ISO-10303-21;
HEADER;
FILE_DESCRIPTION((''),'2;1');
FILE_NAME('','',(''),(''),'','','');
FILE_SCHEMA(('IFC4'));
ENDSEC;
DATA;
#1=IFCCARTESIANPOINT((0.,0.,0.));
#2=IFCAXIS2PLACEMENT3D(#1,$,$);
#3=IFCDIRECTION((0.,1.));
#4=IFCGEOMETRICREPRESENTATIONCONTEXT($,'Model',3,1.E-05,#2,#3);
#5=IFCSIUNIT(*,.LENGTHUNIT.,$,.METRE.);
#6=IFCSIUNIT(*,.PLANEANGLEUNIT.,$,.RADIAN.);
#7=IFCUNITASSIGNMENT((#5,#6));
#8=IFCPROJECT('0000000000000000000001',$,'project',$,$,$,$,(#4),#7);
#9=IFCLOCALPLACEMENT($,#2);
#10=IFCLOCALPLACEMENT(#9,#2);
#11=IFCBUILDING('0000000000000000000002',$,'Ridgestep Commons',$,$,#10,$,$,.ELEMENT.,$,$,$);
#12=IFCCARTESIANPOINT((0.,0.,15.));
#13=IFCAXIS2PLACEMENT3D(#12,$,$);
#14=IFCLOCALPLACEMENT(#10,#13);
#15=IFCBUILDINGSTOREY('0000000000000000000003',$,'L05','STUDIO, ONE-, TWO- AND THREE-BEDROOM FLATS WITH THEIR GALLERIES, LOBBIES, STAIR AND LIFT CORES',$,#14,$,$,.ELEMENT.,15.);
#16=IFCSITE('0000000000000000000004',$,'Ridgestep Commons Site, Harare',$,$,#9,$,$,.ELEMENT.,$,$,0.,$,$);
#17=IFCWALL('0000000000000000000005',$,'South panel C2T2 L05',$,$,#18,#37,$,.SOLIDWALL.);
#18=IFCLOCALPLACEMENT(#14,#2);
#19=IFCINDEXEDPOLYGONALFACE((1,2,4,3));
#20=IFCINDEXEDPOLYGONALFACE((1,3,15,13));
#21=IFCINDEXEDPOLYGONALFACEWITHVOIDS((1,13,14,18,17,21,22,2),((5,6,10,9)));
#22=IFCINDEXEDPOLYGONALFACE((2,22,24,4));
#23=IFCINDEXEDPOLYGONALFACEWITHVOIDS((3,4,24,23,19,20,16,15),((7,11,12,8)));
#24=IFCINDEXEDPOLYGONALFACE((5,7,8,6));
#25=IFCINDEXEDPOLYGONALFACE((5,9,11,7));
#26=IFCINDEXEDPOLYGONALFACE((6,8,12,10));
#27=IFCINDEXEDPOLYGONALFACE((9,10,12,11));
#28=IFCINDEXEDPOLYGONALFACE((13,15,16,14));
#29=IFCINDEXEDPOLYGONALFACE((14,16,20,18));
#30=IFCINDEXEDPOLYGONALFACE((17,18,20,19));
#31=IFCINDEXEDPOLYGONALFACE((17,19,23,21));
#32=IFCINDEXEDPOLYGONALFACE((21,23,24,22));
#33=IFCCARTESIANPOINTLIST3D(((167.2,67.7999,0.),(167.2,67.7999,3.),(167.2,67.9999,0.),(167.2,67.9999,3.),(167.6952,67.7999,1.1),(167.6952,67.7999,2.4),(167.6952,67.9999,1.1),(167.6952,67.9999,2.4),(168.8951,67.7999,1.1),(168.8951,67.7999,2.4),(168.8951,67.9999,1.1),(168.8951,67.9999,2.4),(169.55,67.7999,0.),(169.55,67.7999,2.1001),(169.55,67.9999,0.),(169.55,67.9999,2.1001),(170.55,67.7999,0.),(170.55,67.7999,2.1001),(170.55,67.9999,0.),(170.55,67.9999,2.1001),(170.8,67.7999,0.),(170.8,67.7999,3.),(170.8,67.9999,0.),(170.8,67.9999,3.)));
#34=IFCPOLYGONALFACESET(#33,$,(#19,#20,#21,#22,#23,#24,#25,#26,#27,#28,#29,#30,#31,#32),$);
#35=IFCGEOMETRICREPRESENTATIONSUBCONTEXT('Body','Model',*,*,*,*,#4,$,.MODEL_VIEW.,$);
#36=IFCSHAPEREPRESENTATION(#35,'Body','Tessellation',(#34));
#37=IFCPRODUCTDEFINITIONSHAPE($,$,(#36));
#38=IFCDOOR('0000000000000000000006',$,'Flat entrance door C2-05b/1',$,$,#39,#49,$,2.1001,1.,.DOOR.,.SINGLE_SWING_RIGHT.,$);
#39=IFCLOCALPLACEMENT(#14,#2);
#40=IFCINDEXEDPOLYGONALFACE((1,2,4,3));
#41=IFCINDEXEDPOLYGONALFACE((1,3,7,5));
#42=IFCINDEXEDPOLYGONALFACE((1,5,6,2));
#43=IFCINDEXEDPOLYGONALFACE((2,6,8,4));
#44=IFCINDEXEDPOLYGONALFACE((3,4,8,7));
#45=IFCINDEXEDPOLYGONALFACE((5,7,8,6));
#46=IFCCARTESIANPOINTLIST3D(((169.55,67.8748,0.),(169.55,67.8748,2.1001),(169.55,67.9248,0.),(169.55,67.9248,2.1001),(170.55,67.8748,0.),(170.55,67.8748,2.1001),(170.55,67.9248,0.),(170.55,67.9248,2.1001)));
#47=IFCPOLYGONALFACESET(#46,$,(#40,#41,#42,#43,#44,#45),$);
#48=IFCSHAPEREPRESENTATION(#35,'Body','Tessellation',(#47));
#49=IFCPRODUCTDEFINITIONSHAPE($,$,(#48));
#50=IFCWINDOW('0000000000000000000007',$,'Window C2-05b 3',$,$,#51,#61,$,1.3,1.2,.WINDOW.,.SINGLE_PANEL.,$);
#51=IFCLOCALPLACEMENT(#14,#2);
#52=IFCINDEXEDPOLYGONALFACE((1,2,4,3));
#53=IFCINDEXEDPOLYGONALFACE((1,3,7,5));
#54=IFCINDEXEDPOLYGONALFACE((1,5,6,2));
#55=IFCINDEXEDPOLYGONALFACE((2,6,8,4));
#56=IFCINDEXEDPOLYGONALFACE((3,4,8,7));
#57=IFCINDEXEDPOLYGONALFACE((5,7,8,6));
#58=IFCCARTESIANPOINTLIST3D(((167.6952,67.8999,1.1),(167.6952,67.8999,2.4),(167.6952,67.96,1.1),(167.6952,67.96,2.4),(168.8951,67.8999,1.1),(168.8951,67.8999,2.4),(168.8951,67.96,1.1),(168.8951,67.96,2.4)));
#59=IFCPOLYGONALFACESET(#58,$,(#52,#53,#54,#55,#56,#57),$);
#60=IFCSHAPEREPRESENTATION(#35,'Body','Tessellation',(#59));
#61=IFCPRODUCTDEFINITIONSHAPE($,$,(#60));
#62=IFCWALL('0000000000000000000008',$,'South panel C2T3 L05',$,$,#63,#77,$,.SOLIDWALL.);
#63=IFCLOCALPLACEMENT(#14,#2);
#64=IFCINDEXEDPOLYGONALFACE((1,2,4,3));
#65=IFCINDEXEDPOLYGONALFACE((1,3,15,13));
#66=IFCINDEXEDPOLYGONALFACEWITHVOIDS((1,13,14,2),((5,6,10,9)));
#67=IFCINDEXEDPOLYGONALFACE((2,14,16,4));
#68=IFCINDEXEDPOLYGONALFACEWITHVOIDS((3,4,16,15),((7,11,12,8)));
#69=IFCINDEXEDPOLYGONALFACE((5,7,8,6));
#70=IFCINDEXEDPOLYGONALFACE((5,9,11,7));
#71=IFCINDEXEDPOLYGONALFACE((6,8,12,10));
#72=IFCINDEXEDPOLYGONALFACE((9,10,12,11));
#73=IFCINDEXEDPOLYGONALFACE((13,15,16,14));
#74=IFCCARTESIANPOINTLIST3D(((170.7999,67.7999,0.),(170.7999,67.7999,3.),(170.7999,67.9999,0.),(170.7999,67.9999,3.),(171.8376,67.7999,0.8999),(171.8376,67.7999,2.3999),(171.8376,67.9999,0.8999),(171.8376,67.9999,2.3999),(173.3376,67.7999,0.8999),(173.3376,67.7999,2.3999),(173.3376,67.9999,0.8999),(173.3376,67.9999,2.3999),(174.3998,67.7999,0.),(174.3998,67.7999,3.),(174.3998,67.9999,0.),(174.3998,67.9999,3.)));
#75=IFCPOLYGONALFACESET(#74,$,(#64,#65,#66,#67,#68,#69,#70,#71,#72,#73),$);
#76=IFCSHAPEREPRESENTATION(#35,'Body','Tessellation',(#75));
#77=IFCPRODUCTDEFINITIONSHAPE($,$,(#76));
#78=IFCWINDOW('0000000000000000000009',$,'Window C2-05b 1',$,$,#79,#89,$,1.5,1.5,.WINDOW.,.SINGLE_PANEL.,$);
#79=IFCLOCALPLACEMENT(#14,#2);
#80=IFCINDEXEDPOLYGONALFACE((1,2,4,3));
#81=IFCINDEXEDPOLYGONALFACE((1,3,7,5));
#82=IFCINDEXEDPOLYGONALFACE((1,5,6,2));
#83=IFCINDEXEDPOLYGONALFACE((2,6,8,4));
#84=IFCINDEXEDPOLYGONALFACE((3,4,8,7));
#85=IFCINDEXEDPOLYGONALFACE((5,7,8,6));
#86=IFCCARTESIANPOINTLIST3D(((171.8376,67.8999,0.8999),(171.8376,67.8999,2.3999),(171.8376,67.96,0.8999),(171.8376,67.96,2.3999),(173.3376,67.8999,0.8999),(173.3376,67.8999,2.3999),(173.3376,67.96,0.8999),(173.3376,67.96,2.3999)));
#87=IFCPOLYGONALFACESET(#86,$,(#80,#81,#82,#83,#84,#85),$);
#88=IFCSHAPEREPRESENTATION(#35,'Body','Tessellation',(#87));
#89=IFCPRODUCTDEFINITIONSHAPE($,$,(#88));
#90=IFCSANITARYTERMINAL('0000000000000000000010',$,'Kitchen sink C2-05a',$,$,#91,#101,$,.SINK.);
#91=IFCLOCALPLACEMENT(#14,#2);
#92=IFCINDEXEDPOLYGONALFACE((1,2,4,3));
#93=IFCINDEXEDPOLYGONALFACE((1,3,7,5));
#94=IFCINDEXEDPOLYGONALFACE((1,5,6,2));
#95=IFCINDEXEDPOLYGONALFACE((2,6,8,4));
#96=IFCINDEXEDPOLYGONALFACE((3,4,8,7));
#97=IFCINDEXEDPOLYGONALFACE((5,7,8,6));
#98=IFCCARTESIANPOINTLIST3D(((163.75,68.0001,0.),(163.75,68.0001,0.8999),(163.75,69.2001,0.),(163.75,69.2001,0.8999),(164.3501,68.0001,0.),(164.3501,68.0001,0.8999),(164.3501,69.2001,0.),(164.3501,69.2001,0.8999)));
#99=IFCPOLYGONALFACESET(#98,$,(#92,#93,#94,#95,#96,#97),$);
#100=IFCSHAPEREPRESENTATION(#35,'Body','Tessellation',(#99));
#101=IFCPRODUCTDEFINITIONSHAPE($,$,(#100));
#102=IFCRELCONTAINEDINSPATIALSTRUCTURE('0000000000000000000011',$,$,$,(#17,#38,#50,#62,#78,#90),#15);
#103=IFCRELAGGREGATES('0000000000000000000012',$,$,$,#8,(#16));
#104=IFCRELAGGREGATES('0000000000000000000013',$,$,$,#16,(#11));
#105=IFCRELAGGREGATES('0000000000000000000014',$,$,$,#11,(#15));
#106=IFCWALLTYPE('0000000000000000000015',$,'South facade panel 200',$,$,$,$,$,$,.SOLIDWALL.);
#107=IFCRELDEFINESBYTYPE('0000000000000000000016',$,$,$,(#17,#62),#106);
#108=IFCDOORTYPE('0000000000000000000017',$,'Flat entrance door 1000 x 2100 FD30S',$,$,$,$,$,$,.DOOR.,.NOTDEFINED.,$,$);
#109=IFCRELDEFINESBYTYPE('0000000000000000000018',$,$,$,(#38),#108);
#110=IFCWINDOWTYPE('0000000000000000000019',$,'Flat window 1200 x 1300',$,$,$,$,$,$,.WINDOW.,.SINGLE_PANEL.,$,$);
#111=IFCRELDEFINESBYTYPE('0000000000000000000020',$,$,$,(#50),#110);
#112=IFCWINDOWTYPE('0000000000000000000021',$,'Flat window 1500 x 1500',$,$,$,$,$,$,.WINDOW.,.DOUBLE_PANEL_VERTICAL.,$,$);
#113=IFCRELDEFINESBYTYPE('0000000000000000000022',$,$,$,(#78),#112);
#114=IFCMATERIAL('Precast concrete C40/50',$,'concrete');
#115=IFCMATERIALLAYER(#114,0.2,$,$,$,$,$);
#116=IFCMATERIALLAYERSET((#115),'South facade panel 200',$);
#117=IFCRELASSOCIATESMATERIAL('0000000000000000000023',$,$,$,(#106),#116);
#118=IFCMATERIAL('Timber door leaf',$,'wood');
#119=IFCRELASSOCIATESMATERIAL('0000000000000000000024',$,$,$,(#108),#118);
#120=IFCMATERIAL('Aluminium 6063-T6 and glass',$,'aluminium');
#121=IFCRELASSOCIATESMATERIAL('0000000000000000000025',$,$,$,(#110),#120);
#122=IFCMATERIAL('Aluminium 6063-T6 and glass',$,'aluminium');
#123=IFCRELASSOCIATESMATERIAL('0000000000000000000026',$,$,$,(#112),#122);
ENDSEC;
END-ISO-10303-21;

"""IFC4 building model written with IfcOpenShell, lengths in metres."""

from ifc_helpers import new_model, si_unit, direction, frame, frame_2d, origin, origin_2d, place, context, subcontext, project, spatial, rectangle, extrude, material, layer, layer_set, type_object, element, fill, save


model = new_model("IFC4")

# Units and contexts
model_context = context("Model", 3, precision=1e-05, world=origin(), true_north=direction((0.0, 1.0)))
body_context = subcontext(model_context, "Body", "Model", "MODEL_VIEW")
ifc_project = project(units=[si_unit("LENGTHUNIT", "METRE"), si_unit("PLANEANGLEUNIT", "RADIAN")], contexts=[model_context])

# Site, building, storey
site_placement = place(None, origin())
site = spatial("IfcSite", under=ifc_project, at=site_placement, Name="Ridgestep Commons Site, Harare", CompositionType="ELEMENT", RefElevation=0.0)
building_placement = place(site_placement, origin())
building = spatial("IfcBuilding", under=site, at=building_placement, Name="Ridgestep Commons", CompositionType="ELEMENT")
storey_placement = place(building_placement, frame((0.0, 0.0, 15.0)))
storey = spatial("IfcBuildingStorey", under=building, at=storey_placement, Name="L05", Description="STUDIO, ONE-, TWO- AND THREE-BEDROOM FLATS WITH THEIR GALLERIES, LOBBIES, STAIR AND LIFT CORES", CompositionType="ELEMENT", Elevation=15.0)

# Wall, openings, door, window
ifc_material_1 = material(Name="Precast concrete C40/50", Category="concrete")
ifc_layer_1 = layer(ifc_material_1, 0.2)
ifc_layer_set_1 = layer_set([ifc_layer_1], Name="South facade panel 200")
wall_type_1 = type_object("IfcWallType", Name="South facade panel 200", PredefinedType="SOLIDWALL", material=ifc_layer_set_1)
ifc_material_2 = material(Name="Timber door leaf", Category="wood")
door_type_1 = type_object("IfcDoorType", Name="Flat entrance door 1000 x 2100 FD30S", OperationType="NOTDEFINED", PredefinedType="DOOR", material=ifc_material_2)
ifc_material_3 = material(Name="Aluminium 6063-T6 and glass", Category="aluminium")
window_type_1 = type_object("IfcWindowType", Name="Flat window 1200 x 1300", PartitioningType="SINGLE_PANEL", PredefinedType="WINDOW", material=ifc_material_3)
wall_1_placement = place(storey_placement, frame((167.2, 67.8999, 0.0), z_axis=(0.0, 0.0, 1.0), x_axis=(1.0, 0.0, 0.0)))
wall_1 = element("IfcWall", 1, at=wall_1_placement, inside=storey, type_object=wall_type_1, Name="South panel C2T2 L05", PredefinedType="SOLIDWALL", context=body_context, shape_type="SweptSolid", body=[
    extrude(rectangle(XDim=3.6001, YDim=0.2, at=frame_2d((1.8, 0.0))), origin(), (0.0, 0.0, 1.0), 3.0),
])
opening_1_placement = place(wall_1_placement, frame((0.4951, 0.0, 1.1001)))
opening_1 = element("IfcOpeningElement", 2, at=opening_1_placement, cuts=wall_1, PredefinedType="OPENING", context=body_context, shape_type="SweptSolid", body=[
    extrude(rectangle(XDim=1.2, YDim=1.3, at=frame_2d((0.6001, 0.6499))), frame((0.0, 0.1099, 0.0), z_axis=(0.0, -1.0, 0.0), x_axis=(1.0, 0.0, 0.0)), (0.0, 0.0, 1.0), 0.22),
])
opening_2_placement = place(wall_1_placement, frame((2.3501, 0.0, 0.0)))
opening_2 = element("IfcOpeningElement", 3, at=opening_2_placement, cuts=wall_1, PredefinedType="OPENING", context=body_context, shape_type="SweptSolid", body=[
    extrude(rectangle(XDim=1.0, YDim=2.1001, at=frame_2d((0.5, 1.05))), frame((0.0, 0.1099, 0.0), z_axis=(0.0, -1.0, 0.0), x_axis=(1.0, 0.0, 0.0)), (0.0, 0.0, 1.0), 0.22),
])
door_1_placement = place(opening_2_placement, origin())
door_1 = element("IfcDoor", 4, at=door_1_placement, inside=storey, type_object=door_type_1, Name="Flat entrance door C2-05b/1", OperationType="SINGLE_SWING_RIGHT", OverallHeight=2.1001, OverallWidth=1.0, PredefinedType="DOOR", context=body_context, shape_type="SweptSolid", body=[
    extrude(rectangle(XDim=1.0, YDim=2.1001, at=frame_2d((0.5, 1.05))), frame((0.0, 0.0249, 0.0), z_axis=(0.0, -1.0, 0.0), x_axis=(1.0, 0.0, 0.0)), (0.0, 0.0, 1.0), 0.05),
])
fill(opening_2, door_1)
window_1_placement = place(opening_1_placement, origin())
window_1 = element("IfcWindow", 5, at=window_1_placement, inside=storey, type_object=window_type_1, Name="Window C2-05b 3", OverallHeight=1.3, OverallWidth=1.2, PartitioningType="SINGLE_PANEL", PredefinedType="WINDOW", context=body_context, shape_type="SweptSolid", body=[
    extrude(rectangle(XDim=1.2, YDim=1.3, at=frame_2d((0.6001, 0.6499))), frame((0.0, 0.0601, 0.0), z_axis=(0.0, -1.0, 0.0), x_axis=(1.0, 0.0, 0.0)), (0.0, 0.0, 1.0), 0.0601),
])
fill(opening_1, window_1)

# Wall, opening, window
wall_2_placement = place(storey_placement, frame((170.8, 67.8999, 0.0), z_axis=(0.0, 0.0, 1.0), x_axis=(1.0, 0.0, 0.0)))
wall_2 = element("IfcWall", 6, at=wall_2_placement, inside=storey, type_object=wall_type_1, Name="South panel C2T3 L05", PredefinedType="SOLIDWALL", context=body_context, shape_type="SweptSolid", body=[
    extrude(rectangle(XDim=3.5999, YDim=0.2, at=frame_2d((1.7998, 0.0))), origin(), (0.0, 0.0, 1.0), 3.0),
])
opening_3_placement = place(wall_2_placement, frame((1.0376, 0.0, 0.8999)))
opening_3 = element("IfcOpeningElement", 7, at=opening_3_placement, cuts=wall_2, PredefinedType="OPENING", context=body_context, shape_type="SweptSolid", body=[
    extrude(rectangle(XDim=1.5, YDim=1.5, at=frame_2d((0.75, 0.75))), frame((0.0, 0.1099, 0.0), z_axis=(0.0, -1.0, 0.0), x_axis=(1.0, 0.0, 0.0)), (0.0, 0.0, 1.0), 0.22),
])
ifc_material_4 = material(Name="Aluminium 6063-T6 and glass", Category="aluminium")
window_type_2 = type_object("IfcWindowType", Name="Flat window 1500 x 1500", PartitioningType="DOUBLE_PANEL_VERTICAL", PredefinedType="WINDOW", material=ifc_material_4)
window_2_placement = place(opening_3_placement, origin())
window_2 = element("IfcWindow", 8, at=window_2_placement, inside=storey, type_object=window_type_2, Name="Window C2-05b 1", OverallHeight=1.5, OverallWidth=1.5, PartitioningType="SINGLE_PANEL", PredefinedType="WINDOW", context=body_context, shape_type="SweptSolid", body=[
    extrude(rectangle(XDim=1.5, YDim=1.5, at=frame_2d((0.75, 0.75))), frame((0.0, 0.0601, 0.0), z_axis=(0.0, -1.0, 0.0), x_axis=(1.0, 0.0, 0.0)), (0.0, 0.0, 1.0), 0.0601),
])
fill(opening_3, window_2)

# Sanitary terminal
sanitary_terminal_placement = place(storey_placement, frame((164.05, 68.6001, 0.0), z_axis=(0.0, 0.0, 1.0), x_axis=(1.0, 0.0, 0.0)))
element("IfcSanitaryTerminal", 9, at=sanitary_terminal_placement, inside=storey, Name="Kitchen sink C2-05a", PredefinedType="SINK", context=body_context, shape_type="SweptSolid", body=[
    extrude(rectangle(XDim=0.6001, YDim=1.2, at=origin_2d()), origin(), (0.0, 0.0, 1.0), 0.8999),
])

save(model, "model.ifc")
